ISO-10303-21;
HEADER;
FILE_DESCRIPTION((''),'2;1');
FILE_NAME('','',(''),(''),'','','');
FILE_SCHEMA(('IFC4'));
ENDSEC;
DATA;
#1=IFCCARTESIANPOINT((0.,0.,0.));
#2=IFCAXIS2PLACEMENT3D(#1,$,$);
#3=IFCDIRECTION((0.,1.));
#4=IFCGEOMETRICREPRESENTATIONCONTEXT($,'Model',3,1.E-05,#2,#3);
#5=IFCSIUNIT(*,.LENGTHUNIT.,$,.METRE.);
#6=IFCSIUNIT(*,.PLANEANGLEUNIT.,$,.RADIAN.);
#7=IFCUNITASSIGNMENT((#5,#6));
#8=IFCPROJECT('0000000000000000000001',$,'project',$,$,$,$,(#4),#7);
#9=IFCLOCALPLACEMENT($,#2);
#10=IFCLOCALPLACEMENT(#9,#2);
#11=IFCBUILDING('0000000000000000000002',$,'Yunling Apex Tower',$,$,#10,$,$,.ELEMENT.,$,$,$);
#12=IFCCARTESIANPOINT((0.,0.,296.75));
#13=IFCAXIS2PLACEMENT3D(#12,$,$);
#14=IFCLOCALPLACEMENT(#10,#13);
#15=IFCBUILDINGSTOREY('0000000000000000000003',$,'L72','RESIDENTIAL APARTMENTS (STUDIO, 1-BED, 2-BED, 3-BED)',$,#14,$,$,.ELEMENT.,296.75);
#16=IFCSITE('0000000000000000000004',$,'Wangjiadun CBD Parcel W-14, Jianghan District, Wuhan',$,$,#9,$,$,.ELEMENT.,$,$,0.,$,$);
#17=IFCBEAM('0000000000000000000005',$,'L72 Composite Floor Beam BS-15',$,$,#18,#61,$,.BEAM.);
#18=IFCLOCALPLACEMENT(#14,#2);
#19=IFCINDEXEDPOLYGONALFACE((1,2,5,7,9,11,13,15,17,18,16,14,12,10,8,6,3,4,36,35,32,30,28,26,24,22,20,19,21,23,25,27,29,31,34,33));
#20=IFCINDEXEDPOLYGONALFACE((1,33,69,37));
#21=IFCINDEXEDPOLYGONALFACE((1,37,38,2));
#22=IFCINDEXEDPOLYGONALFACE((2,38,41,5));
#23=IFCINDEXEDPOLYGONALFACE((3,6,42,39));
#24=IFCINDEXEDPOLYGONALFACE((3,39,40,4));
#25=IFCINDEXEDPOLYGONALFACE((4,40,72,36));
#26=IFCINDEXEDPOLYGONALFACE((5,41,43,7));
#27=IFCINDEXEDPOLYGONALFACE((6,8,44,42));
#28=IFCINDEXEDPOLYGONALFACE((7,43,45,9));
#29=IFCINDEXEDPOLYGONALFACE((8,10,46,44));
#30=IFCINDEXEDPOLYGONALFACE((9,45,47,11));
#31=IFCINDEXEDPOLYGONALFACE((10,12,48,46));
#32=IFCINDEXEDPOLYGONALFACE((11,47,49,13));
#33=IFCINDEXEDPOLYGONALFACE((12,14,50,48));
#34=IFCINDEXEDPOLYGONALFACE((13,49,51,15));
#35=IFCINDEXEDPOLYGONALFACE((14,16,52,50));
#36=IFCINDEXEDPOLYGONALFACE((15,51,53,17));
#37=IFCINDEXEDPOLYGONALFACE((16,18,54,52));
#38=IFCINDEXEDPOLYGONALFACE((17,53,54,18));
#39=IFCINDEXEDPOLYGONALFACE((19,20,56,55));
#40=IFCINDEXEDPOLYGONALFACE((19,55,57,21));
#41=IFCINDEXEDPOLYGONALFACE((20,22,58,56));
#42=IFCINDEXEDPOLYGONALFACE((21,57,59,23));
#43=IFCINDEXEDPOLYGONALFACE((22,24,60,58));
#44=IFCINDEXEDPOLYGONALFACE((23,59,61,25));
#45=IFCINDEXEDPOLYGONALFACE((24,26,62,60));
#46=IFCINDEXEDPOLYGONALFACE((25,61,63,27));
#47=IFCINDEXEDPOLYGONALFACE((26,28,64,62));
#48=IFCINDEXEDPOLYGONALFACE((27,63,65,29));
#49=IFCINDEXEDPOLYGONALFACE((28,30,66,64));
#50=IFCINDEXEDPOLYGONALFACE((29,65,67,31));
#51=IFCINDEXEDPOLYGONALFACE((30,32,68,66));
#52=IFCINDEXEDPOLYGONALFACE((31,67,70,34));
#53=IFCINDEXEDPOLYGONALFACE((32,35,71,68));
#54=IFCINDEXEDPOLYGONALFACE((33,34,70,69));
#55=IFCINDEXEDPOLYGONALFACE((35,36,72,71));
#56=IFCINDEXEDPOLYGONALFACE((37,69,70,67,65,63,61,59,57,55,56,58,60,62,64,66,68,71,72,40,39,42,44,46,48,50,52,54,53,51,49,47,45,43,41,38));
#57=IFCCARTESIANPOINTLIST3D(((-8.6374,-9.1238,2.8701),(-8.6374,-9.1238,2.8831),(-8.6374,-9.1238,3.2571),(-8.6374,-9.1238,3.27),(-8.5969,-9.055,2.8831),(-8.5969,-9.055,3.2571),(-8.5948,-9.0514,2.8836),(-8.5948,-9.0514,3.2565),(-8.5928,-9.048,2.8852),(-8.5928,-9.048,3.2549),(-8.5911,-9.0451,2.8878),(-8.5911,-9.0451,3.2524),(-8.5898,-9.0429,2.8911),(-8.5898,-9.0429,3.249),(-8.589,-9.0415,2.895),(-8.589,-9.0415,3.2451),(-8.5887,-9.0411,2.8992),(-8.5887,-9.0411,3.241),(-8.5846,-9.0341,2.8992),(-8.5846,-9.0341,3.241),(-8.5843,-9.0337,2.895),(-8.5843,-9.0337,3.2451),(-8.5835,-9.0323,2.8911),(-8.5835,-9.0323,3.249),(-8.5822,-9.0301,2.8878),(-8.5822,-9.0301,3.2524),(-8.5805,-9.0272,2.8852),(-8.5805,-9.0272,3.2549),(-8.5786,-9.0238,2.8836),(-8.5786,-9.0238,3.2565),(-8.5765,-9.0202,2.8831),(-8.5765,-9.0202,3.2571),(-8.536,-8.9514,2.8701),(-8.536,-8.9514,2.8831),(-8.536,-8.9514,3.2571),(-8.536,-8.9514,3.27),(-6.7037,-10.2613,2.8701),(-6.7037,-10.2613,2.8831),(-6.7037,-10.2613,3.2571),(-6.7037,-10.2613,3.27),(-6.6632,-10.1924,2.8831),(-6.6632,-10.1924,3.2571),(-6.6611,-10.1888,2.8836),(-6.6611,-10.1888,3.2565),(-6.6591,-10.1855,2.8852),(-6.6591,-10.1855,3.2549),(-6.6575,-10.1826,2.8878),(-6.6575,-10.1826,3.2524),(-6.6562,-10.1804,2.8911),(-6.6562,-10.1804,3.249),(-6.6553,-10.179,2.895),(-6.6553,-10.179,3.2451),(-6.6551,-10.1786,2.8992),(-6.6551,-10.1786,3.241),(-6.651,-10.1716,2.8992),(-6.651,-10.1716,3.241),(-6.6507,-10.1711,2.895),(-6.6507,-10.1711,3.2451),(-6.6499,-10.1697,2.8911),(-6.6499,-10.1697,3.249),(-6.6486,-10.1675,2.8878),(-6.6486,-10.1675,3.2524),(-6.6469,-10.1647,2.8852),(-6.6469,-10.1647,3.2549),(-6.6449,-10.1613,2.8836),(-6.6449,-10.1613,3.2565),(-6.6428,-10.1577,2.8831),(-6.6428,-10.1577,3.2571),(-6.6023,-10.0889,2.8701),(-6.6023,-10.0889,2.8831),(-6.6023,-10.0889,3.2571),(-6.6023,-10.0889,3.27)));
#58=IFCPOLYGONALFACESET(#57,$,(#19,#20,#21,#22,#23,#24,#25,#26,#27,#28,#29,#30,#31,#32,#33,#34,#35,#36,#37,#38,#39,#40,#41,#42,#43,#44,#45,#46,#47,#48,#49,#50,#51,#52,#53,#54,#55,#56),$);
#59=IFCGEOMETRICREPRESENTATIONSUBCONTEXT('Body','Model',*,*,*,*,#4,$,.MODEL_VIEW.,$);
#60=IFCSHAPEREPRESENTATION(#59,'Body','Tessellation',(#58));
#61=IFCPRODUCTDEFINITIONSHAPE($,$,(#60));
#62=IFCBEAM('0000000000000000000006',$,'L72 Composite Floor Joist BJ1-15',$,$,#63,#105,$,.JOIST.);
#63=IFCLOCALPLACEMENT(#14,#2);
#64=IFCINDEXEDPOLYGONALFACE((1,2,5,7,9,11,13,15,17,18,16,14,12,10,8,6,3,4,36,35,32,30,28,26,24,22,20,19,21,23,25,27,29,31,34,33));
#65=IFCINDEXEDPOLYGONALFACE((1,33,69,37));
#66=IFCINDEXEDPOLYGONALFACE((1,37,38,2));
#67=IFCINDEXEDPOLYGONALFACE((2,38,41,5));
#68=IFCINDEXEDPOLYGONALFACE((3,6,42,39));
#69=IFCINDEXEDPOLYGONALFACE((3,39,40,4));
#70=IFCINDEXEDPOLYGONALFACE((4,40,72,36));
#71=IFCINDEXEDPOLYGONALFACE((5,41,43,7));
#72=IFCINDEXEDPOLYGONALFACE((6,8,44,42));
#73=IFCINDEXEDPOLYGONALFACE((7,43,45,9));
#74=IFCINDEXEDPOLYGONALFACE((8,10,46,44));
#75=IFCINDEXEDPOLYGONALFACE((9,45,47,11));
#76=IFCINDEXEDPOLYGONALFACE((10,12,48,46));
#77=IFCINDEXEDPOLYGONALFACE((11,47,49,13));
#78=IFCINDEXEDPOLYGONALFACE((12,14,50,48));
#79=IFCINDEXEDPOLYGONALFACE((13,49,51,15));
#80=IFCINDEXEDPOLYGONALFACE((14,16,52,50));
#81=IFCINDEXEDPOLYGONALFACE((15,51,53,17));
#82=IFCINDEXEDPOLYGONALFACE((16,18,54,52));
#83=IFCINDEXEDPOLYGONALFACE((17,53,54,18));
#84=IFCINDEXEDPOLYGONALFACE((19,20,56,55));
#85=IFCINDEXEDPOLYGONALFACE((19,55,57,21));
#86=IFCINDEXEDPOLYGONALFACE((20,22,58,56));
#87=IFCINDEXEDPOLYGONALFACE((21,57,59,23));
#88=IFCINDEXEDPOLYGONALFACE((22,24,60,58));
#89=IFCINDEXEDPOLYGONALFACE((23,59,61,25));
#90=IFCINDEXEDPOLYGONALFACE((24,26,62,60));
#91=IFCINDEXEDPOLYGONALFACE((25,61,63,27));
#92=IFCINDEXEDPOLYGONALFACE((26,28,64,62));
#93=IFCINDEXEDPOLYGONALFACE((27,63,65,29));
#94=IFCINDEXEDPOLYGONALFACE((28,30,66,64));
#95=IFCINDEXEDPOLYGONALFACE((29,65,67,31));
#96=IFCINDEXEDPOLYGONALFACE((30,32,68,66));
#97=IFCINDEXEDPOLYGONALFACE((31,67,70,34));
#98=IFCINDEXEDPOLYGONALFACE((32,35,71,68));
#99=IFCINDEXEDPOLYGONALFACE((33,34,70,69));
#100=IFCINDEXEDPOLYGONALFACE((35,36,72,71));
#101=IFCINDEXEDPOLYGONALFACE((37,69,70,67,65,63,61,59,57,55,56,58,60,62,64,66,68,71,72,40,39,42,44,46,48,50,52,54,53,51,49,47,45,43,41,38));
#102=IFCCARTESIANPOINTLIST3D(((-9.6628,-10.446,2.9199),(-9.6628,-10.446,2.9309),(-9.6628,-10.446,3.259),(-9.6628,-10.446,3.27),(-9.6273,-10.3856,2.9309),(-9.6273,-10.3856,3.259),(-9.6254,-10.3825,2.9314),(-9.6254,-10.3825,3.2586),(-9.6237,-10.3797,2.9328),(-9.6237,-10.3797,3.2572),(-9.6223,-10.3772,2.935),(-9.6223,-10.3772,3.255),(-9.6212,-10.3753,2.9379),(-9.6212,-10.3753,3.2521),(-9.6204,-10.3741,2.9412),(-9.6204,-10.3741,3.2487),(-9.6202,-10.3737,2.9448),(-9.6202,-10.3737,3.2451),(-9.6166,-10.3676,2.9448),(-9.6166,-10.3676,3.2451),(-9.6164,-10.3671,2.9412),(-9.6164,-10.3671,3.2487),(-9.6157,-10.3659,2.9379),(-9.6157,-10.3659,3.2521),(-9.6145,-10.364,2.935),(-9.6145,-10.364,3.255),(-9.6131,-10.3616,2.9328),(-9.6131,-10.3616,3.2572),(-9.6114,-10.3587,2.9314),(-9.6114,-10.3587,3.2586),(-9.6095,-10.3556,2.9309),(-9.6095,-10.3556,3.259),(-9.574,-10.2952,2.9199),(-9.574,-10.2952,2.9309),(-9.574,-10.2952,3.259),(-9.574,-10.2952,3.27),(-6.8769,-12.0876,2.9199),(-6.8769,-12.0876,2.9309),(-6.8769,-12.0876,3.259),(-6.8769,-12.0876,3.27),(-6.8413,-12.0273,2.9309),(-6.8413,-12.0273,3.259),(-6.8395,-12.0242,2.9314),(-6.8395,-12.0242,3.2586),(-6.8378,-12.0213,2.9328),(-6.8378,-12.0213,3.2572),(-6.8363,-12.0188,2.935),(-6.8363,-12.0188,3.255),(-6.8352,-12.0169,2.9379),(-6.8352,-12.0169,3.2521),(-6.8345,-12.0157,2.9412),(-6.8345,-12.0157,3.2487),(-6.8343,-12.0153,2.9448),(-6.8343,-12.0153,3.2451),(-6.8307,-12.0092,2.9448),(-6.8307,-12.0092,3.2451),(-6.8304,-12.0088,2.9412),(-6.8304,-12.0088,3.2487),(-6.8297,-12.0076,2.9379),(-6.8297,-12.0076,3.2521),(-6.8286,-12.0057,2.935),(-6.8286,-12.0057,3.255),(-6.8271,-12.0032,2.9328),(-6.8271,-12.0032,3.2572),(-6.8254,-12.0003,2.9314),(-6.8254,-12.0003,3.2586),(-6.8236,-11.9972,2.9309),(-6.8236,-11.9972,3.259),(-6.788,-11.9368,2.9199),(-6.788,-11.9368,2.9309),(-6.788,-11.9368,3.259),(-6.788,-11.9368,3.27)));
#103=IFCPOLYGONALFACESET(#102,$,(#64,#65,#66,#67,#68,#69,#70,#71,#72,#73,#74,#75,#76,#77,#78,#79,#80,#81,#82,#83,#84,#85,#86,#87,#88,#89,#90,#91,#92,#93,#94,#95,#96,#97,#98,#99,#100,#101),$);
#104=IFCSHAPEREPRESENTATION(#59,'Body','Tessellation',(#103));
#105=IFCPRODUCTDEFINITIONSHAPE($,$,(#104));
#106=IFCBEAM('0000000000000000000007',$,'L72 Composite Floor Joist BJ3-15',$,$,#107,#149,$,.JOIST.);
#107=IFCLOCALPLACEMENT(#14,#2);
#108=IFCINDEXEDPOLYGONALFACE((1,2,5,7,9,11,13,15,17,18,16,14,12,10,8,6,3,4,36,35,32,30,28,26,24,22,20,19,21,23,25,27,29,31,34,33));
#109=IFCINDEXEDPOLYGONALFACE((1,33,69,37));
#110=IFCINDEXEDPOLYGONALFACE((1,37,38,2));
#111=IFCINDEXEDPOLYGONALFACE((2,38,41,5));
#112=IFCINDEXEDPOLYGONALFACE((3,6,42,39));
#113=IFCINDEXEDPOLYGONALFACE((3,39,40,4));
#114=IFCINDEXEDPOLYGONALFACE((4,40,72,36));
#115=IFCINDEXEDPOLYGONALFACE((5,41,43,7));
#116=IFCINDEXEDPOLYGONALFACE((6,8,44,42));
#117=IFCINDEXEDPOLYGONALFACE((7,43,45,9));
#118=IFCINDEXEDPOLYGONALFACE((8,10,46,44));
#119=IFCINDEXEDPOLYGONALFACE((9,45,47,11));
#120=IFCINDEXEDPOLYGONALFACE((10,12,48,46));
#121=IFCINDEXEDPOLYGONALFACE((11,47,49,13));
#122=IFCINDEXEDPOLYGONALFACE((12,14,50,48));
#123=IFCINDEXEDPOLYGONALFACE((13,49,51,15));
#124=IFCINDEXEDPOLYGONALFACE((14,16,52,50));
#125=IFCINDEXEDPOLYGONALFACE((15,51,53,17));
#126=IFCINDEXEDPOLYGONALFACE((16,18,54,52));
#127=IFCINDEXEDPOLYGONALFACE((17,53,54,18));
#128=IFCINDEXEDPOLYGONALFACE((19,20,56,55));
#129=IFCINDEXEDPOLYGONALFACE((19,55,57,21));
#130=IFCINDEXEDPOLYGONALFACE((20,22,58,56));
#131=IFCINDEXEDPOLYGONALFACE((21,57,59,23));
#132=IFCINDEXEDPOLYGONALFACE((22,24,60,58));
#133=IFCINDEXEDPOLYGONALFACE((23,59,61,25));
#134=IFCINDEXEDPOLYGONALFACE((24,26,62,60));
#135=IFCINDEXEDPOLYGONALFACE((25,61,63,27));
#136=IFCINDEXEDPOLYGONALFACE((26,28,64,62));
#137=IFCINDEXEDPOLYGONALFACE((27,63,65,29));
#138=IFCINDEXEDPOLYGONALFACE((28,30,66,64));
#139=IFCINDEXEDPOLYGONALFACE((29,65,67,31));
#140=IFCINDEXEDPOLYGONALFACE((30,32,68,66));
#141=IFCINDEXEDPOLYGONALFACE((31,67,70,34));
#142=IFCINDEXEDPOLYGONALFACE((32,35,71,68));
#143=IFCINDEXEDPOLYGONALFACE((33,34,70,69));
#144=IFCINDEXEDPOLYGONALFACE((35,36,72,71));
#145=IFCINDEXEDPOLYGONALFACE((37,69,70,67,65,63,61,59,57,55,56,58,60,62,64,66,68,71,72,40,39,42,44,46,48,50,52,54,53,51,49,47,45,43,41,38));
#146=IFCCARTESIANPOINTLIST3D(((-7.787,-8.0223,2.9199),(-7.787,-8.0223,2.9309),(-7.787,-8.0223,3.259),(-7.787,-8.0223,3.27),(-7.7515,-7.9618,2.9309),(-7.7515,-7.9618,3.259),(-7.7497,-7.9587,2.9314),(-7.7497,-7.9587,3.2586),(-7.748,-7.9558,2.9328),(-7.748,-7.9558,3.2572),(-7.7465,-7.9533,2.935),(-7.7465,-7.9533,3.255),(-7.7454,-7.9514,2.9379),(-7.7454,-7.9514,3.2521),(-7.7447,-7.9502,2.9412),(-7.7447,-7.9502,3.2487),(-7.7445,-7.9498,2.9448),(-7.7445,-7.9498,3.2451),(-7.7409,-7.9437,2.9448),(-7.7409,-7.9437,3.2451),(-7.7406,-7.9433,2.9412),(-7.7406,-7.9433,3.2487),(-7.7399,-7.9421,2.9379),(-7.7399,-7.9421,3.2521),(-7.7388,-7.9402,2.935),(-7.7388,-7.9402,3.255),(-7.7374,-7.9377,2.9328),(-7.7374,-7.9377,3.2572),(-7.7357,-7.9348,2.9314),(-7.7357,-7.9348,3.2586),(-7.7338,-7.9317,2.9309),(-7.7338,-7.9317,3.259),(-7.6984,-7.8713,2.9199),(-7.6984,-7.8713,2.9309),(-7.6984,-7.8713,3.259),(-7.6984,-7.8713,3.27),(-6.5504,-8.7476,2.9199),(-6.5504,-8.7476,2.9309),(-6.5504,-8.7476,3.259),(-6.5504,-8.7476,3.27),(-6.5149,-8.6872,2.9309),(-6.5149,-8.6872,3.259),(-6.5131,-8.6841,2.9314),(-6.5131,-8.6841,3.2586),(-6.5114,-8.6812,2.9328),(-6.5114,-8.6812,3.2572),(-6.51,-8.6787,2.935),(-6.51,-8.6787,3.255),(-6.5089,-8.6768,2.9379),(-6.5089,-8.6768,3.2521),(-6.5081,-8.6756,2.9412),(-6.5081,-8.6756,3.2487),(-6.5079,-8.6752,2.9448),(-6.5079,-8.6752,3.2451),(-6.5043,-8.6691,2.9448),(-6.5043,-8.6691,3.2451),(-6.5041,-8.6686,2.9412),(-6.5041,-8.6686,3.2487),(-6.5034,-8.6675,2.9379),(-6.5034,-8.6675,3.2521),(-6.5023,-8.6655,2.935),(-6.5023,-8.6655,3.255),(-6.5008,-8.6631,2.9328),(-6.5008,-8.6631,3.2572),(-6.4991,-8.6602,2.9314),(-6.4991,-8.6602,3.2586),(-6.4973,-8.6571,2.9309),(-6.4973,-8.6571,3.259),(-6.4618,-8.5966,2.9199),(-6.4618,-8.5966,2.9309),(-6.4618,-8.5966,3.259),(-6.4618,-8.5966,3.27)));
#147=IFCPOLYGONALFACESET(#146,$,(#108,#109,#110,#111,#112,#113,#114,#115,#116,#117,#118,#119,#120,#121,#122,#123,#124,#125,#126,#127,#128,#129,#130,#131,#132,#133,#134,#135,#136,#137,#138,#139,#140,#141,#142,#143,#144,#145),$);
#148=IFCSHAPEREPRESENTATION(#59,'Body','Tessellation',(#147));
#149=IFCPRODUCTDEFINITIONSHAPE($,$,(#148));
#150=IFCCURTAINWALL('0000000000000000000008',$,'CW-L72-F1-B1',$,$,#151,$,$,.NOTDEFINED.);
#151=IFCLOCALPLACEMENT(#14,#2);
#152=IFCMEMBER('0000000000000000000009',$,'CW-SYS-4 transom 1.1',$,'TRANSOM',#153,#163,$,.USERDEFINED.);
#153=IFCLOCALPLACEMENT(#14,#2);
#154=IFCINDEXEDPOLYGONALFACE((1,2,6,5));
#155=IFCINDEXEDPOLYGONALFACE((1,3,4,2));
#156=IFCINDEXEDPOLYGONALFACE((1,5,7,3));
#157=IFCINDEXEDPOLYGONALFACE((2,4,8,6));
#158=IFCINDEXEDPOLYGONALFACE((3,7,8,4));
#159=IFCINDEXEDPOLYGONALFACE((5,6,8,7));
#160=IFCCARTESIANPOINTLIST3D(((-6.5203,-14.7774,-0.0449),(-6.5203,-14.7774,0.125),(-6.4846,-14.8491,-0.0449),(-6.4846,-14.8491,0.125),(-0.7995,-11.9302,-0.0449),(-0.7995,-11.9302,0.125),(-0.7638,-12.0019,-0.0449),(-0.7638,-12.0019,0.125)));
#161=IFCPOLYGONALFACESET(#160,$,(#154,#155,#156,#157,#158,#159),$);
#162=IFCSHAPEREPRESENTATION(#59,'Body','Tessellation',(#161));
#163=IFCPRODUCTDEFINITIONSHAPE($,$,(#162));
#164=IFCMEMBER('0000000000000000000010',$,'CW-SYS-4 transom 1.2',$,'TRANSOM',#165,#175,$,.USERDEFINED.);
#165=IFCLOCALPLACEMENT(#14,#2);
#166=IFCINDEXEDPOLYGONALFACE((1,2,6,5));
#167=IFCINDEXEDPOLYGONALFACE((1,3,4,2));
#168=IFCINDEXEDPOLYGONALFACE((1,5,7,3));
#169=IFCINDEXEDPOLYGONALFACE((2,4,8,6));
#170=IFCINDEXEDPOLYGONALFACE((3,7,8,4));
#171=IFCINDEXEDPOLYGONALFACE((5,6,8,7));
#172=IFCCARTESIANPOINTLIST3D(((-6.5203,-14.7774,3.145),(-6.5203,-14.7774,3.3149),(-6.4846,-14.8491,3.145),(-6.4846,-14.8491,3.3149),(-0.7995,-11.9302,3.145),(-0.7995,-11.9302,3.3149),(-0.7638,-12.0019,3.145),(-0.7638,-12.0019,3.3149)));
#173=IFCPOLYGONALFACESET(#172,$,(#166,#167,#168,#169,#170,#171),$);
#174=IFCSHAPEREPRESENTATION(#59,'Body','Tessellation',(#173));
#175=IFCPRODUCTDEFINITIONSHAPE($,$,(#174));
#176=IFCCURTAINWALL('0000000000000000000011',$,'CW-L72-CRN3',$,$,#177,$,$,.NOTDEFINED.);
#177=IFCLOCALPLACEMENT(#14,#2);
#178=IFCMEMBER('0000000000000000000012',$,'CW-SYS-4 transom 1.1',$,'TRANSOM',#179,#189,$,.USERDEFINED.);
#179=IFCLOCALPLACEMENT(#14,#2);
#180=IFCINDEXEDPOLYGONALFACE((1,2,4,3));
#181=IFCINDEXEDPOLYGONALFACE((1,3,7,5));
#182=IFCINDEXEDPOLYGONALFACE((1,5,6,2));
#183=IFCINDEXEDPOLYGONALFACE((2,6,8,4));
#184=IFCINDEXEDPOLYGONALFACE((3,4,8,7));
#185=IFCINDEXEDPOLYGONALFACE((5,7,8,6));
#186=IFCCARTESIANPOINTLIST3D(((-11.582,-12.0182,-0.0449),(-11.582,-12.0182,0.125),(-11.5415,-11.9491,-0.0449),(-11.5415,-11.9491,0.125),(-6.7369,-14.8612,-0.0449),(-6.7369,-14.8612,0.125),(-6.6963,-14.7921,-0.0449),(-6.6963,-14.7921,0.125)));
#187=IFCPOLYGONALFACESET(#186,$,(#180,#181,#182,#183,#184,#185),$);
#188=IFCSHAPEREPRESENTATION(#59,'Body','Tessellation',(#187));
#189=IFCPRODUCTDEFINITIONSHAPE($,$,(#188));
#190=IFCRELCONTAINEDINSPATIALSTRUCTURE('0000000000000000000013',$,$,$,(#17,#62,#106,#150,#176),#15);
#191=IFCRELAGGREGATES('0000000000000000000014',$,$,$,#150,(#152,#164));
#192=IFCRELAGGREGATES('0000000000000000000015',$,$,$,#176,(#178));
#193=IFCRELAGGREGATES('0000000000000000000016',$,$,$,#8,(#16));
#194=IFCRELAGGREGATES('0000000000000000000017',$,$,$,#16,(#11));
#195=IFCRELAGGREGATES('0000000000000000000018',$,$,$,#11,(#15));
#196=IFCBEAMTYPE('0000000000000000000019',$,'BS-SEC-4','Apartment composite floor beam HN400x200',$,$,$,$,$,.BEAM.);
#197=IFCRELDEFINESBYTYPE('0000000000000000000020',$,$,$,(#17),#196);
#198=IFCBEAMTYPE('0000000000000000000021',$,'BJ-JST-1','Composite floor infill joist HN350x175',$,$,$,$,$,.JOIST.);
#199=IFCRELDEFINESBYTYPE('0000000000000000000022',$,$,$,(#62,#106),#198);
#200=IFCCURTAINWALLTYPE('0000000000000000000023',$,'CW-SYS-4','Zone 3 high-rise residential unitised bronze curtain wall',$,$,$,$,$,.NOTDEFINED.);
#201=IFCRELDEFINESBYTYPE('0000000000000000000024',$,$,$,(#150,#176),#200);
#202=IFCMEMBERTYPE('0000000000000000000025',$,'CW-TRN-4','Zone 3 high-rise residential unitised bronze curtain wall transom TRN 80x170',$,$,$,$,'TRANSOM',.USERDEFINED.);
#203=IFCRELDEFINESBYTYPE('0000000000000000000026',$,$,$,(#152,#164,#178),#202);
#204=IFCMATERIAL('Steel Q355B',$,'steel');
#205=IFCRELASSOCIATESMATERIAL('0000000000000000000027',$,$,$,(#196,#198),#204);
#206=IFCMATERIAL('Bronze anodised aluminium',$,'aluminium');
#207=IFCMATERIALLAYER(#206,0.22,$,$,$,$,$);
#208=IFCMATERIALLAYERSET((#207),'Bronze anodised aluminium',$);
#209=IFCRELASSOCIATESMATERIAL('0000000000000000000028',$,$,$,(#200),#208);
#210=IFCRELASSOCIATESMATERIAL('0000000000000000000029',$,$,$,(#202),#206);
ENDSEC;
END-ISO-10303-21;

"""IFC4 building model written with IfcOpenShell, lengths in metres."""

from ifc_helpers import new_model, si_unit, direction, frame, origin, origin_2d, place, context, subcontext, project, spatial, rectangle, i_section, extrude, source, transform, mapped, material, layer, layer_set, material_profile, profile_set, type_object, element, aggregate, save


model = new_model("IFC4")

# Units and contexts
model_context = context("Model", 3, precision=1e-05, world=origin(), true_north=direction((0.0, 1.0)))
body_context = subcontext(model_context, "Body", "Model", "MODEL_VIEW")
ifc_project = project(units=[si_unit("LENGTHUNIT", "METRE"), si_unit("PLANEANGLEUNIT", "RADIAN")], contexts=[model_context])

# Site, building, storey
site_placement = place(None, origin())
site = spatial("IfcSite", under=ifc_project, at=site_placement, Name="Wangjiadun CBD Parcel W-14, Jianghan District, Wuhan", CompositionType="ELEMENT", RefElevation=0.0)
building_placement = place(site_placement, origin())
building = spatial("IfcBuilding", under=site, at=building_placement, Name="Yunling Apex Tower", CompositionType="ELEMENT")
storey_placement = place(building_placement, frame((0.0, 0.0, 296.75)))
storey = spatial("IfcBuildingStorey", under=building, at=storey_placement, Name="L72", Description="RESIDENTIAL APARTMENTS (STUDIO, 1-BED, 2-BED, 3-BED)", CompositionType="ELEMENT", Elevation=296.75)

# Shared definitions
ifc_material_1 = material(Name="Steel Q355B", Category="steel")

# Beams
ifc_material_profile_1 = material_profile(ifc_material_1, i_section(OverallWidth=0.2, OverallDepth=0.3999, WebThickness=0.0081, FlangeThickness=0.0129, FilletRadius=0.0161, at=origin_2d()))
ifc_profile_set_1 = profile_set([ifc_material_profile_1], Name="Steel Q355B")
beam_type_1 = type_object("IfcBeamType", Name="BS-SEC-4", Description="Apartment composite floor beam HN400x200", PredefinedType="BEAM", material=ifc_profile_set_1)
ifc_material_profile_2 = material_profile(ifc_material_1, i_section(OverallWidth=0.175, OverallDepth=0.3501, WebThickness=0.0071, FlangeThickness=0.011, FilletRadius=0.0139, at=origin_2d()))
ifc_profile_set_2 = profile_set([ifc_material_profile_2], Name="Steel Q355B")
beam_type_2 = type_object("IfcBeamType", Name="BJ-JST-1", Description="Composite floor infill joist HN350x175", PredefinedType="JOIST", material=ifc_profile_set_2)
shared_shape_1 = source(origin(), body_context, "Body", "SweptSolid", [
    extrude(i_section(OverallWidth=0.2, OverallDepth=0.3999, WebThickness=0.0081, FlangeThickness=0.0129, FilletRadius=0.0161, at=origin_2d()), origin(), (0.0, 0.0, 1.0), 2.2434),
])
beam_1_placement = place(storey_placement, frame((-8.5867, -9.0376, 3.0701), z_axis=(0.861926, -0.507034, 0.0), x_axis=(0.507034, 0.861926, 0.0)))
element("IfcBeam", 1, at=beam_1_placement, inside=storey, type_object=beam_type_1, Name="L72 Composite Floor Beam BS-15", PredefinedType="BEAM", context=body_context, shape_type="MappedRepresentation", body=[
    mapped(shared_shape_1, transform((0.0, 0.0, 0.0), scale=1.0)),
])
shared_shape_2 = source(origin(), body_context, "Body", "SweptSolid", [
    extrude(i_section(OverallWidth=0.175, OverallDepth=0.3501, WebThickness=0.0071, FlangeThickness=0.011, FilletRadius=0.0139, at=origin_2d()), origin(), (0.0, 0.0, 1.0), 3.2336),
])
beam_2_placement = place(storey_placement, frame((-9.6184, -10.3706, 3.095), z_axis=(0.86155, -0.507673, 0.0), x_axis=(0.507673, 0.86155, 0.0)))
element("IfcBeam", 2, at=beam_2_placement, inside=storey, type_object=beam_type_2, Name="L72 Composite Floor Joist BJ1-15", PredefinedType="JOIST", context=body_context, shape_type="MappedRepresentation", body=[
    mapped(shared_shape_2, transform((0.0, 0.0, 0.0), scale=1.0)),
])
shared_shape_3 = source(origin(), body_context, "Body", "SweptSolid", [
    extrude(i_section(OverallWidth=0.175, OverallDepth=0.3501, WebThickness=0.0071, FlangeThickness=0.011, FilletRadius=0.0139, at=origin_2d()), origin(), (0.0, 0.0, 1.0), 1.4336),
])
beam_3_placement = place(storey_placement, frame((-7.7427, -7.9468, 3.095), z_axis=(0.86256, -0.505955, 0.0), x_axis=(0.505955, 0.86256, 0.0)))
element("IfcBeam", 3, at=beam_3_placement, inside=storey, type_object=beam_type_2, Name="L72 Composite Floor Joist BJ3-15", PredefinedType="JOIST", context=body_context, shape_type="MappedRepresentation", body=[
    mapped(shared_shape_3, transform((0.0, 0.0, 0.0), scale=1.0)),
])

# Curtain walls, members
ifc_material_2 = material(Name="Bronze anodised aluminium", Category="aluminium")
ifc_layer_1 = layer(ifc_material_2, 0.22)
ifc_layer_set_1 = layer_set([ifc_layer_1], Name="Bronze anodised aluminium")
curtain_wall_type = type_object("IfcCurtainWallType", Name="CW-SYS-4", Description="Zone 3 high-rise residential unitised bronze curtain wall", PredefinedType="NOTDEFINED", material=ifc_layer_set_1)
curtain_wall_1_placement = place(storey_placement, origin())
curtain_wall_1 = element("IfcCurtainWall", 4, at=curtain_wall_1_placement, inside=storey, type_object=curtain_wall_type, Name="CW-L72-F1-B1", PredefinedType="NOTDEFINED")
ifc_material_profile_3 = material_profile(ifc_material_2, rectangle(XDim=0.0801, YDim=0.1699, at=origin_2d()))
ifc_profile_set_3 = profile_set([ifc_material_profile_3], Name="Bronze anodised aluminium")
member_type_1 = type_object("IfcMemberType", Name="CW-TRN-4", Description="Zone 3 high-rise residential unitised bronze curtain wall transom TRN 80x170", ElementType="TRANSOM", PredefinedType="USERDEFINED", material=ifc_profile_set_3)
shared_shape_4 = source(origin(), body_context, "Body", "SweptSolid", [
    extrude(rectangle(XDim=0.0801, YDim=0.1699, at=origin_2d()), origin(), (0.0, 0.0, 1.0), 6.3901),
])
member_1_placement = place(storey_placement, frame((-6.5024, -14.8132, 0.04), z_axis=(0.895251, 0.445562, 0.0), x_axis=(-0.445562, 0.895251, 0.0)))
member_1 = element("IfcMember", 5, at=member_1_placement, type_object=member_type_1, Name="CW-SYS-4 transom 1.1", ObjectType="TRANSOM", PredefinedType="USERDEFINED", context=body_context, shape_type="MappedRepresentation", body=[
    mapped(shared_shape_4, transform((0.0, 0.0, 0.0), scale=1.0)),
])
member_2_placement = place(storey_placement, frame((-6.5024, -14.8132, 3.23), z_axis=(0.895251, 0.445562, 0.0), x_axis=(-0.445562, 0.895251, 0.0)))
member_2 = element("IfcMember", 6, at=member_2_placement, type_object=member_type_1, Name="CW-SYS-4 transom 1.2", ObjectType="TRANSOM", PredefinedType="USERDEFINED", context=body_context, shape_type="MappedRepresentation", body=[
    mapped(shared_shape_4, transform((0.0, 0.0, 0.0), scale=1.0)),
])
curtain_wall_2_placement = place(storey_placement, origin())
curtain_wall_2 = element("IfcCurtainWall", 7, at=curtain_wall_2_placement, inside=storey, type_object=curtain_wall_type, Name="CW-L72-CRN3", PredefinedType="NOTDEFINED")
shared_shape_5 = source(origin(), body_context, "Body", "SweptSolid", [
    extrude(rectangle(XDim=0.0801, YDim=0.1699, at=origin_2d()), origin(), (0.0, 0.0, 1.0), 5.6177),
])
member_3_placement = place(storey_placement, frame((-11.5618, -11.9836, 0.04), z_axis=(0.862487, -0.50608, 0.0), x_axis=(0.50608, 0.862487, 0.0)))
member_3 = element("IfcMember", 8, at=member_3_placement, type_object=member_type_1, Name="CW-SYS-4 transom 1.1", ObjectType="TRANSOM", PredefinedType="USERDEFINED", context=body_context, shape_type="MappedRepresentation", body=[
    mapped(shared_shape_5, transform((0.0, 0.0, 0.0), scale=1.0)),
])

aggregate(curtain_wall_1, [member_1, member_2])
aggregate(curtain_wall_2, [member_3])

save(model, "model.ifc")
